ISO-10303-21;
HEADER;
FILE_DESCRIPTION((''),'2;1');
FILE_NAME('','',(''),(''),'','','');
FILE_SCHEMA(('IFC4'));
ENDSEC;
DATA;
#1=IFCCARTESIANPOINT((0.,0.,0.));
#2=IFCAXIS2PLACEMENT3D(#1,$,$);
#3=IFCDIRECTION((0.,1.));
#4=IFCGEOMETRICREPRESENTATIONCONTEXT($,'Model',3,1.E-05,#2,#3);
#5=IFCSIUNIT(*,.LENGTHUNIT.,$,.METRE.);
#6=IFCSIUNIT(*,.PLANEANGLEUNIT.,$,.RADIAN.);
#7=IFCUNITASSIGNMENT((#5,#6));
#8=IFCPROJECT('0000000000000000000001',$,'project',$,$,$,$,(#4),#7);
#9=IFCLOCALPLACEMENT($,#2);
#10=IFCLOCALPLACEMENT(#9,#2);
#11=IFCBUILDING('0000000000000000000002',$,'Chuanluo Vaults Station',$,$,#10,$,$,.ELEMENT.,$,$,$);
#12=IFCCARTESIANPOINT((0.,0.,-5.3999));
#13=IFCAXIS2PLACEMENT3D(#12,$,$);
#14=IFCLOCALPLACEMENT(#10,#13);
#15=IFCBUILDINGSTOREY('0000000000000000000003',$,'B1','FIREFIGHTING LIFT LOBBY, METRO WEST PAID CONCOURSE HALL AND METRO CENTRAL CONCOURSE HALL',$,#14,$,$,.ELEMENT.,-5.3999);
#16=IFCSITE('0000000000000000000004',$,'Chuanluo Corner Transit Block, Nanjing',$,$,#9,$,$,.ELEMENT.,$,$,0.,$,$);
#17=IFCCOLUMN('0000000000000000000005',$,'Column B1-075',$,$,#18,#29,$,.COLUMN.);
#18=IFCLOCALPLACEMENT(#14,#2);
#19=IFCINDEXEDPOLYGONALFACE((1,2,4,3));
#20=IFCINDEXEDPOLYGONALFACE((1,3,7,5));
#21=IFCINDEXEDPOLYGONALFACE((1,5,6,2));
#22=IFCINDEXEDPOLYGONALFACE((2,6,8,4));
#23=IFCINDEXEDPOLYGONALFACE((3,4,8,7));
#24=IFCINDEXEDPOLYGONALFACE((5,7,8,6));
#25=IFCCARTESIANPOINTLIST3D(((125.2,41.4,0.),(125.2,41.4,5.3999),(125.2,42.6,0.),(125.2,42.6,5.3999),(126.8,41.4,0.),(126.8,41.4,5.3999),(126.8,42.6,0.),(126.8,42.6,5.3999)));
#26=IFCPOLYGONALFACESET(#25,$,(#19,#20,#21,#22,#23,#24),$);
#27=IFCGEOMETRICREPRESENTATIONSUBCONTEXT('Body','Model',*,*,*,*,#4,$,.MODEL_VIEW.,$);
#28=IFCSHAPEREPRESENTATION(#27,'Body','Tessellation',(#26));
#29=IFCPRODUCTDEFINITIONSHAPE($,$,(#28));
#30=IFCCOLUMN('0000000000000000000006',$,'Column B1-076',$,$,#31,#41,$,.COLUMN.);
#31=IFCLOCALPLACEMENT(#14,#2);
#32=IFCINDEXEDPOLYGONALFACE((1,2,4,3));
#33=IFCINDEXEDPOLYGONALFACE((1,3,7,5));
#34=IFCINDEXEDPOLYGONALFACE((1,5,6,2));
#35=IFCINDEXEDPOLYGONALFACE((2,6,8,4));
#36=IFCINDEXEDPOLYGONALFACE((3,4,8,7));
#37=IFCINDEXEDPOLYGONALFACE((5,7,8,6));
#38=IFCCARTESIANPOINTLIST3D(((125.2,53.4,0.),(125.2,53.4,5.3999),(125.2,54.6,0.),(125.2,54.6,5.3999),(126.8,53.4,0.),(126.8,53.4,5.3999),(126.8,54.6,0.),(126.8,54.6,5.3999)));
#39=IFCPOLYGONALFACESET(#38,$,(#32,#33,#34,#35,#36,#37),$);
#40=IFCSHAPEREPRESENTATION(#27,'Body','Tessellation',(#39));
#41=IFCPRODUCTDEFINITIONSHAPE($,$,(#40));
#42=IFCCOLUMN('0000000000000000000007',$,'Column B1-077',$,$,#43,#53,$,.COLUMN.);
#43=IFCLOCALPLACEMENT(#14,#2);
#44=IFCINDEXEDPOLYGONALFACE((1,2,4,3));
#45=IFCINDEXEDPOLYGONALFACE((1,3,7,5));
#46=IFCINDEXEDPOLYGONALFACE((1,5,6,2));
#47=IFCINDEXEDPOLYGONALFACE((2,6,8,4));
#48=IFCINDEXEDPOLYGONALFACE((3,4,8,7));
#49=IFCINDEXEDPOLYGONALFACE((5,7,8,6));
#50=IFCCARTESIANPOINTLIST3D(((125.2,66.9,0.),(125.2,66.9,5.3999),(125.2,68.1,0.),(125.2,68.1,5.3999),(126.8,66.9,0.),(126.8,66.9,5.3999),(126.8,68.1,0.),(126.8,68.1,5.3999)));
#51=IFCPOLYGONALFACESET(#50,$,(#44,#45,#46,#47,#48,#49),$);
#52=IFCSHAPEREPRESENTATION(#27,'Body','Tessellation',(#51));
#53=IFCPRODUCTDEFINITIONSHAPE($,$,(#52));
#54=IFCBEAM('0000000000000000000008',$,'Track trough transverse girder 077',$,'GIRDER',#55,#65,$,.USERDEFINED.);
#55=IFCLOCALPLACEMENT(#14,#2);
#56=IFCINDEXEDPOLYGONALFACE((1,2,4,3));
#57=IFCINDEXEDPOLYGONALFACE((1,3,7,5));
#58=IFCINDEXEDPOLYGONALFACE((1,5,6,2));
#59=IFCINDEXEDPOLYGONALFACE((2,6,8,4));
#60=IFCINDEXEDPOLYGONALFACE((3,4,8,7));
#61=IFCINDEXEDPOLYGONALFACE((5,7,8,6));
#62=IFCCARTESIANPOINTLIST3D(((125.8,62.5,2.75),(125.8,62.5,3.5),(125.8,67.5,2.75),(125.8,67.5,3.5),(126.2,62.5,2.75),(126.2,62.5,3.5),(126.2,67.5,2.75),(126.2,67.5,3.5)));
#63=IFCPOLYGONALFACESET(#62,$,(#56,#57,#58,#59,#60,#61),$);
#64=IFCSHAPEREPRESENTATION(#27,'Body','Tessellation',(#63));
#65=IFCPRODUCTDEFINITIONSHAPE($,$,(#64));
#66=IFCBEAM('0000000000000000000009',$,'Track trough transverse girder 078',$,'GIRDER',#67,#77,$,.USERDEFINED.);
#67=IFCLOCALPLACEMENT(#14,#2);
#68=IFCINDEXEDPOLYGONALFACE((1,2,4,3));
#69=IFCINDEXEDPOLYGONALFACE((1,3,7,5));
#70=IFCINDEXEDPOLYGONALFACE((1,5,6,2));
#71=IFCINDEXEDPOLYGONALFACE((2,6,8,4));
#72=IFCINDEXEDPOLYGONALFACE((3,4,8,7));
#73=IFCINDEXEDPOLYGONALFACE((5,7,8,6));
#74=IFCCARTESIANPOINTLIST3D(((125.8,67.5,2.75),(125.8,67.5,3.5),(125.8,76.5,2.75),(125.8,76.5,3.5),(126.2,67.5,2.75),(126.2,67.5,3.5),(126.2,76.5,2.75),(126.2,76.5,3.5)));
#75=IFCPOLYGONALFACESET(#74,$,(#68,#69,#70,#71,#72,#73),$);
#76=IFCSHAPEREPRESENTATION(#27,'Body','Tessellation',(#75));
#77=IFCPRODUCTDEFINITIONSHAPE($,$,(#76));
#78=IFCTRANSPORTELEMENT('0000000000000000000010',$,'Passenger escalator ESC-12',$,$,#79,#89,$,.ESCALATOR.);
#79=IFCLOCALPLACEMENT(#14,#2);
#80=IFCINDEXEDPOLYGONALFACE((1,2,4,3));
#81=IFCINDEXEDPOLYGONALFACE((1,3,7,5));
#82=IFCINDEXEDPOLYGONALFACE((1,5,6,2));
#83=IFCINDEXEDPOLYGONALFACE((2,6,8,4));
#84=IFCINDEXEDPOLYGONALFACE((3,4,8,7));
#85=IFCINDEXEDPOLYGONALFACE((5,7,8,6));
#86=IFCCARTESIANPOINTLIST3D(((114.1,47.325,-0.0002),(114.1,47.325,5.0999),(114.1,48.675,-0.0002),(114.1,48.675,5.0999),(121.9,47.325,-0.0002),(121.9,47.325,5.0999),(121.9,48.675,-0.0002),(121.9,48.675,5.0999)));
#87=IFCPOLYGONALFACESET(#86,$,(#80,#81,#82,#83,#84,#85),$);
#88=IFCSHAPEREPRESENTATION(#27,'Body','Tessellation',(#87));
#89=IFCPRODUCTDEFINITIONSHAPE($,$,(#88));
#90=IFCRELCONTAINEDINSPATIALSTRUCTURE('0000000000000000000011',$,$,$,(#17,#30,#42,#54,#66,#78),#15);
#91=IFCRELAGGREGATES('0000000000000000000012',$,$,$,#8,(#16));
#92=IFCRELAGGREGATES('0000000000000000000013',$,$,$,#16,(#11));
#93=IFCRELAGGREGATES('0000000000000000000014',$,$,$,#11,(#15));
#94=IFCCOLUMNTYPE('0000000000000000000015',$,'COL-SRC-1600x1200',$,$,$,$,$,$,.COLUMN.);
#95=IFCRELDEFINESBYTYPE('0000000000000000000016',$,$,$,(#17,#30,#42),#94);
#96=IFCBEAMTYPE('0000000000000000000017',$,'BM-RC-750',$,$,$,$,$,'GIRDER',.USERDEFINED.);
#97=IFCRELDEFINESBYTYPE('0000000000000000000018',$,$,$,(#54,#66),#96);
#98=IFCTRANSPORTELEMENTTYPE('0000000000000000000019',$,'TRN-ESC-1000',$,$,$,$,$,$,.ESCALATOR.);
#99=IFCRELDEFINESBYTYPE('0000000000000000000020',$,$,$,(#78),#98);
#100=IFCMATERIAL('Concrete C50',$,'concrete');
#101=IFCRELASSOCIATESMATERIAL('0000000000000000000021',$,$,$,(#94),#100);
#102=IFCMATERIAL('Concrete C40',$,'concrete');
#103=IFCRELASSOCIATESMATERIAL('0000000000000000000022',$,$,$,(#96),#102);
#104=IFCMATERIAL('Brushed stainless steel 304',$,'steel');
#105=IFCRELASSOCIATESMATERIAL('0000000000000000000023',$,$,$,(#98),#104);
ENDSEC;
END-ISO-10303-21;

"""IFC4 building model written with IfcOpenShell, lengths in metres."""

from ifc_helpers import new_model, si_unit, direction, frame, origin, origin_2d, place, context, subcontext, project, spatial, rectangle, extrude, material, material_profile, profile_set, type_object, element, save


model = new_model("IFC4")

# Units and contexts
model_context = context("Model", 3, precision=1e-05, world=origin(), true_north=direction((0.0, 1.0)))
body_context = subcontext(model_context, "Body", "Model", "MODEL_VIEW")
ifc_project = project(units=[si_unit("LENGTHUNIT", "METRE"), si_unit("PLANEANGLEUNIT", "RADIAN")], contexts=[model_context])

# Site, building, storey
site_placement = place(None, origin())
site = spatial("IfcSite", under=ifc_project, at=site_placement, Name="Chuanluo Corner Transit Block, Nanjing", CompositionType="ELEMENT", RefElevation=0.0)
building_placement = place(site_placement, origin())
building = spatial("IfcBuilding", under=site, at=building_placement, Name="Chuanluo Vaults Station", CompositionType="ELEMENT")
storey_placement = place(building_placement, frame((0.0, 0.0, -5.3999)))
storey = spatial("IfcBuildingStorey", under=building, at=storey_placement, Name="B1", Description="FIREFIGHTING LIFT LOBBY, METRO WEST PAID CONCOURSE HALL AND METRO CENTRAL CONCOURSE HALL", CompositionType="ELEMENT", Elevation=-5.3999)

# Columns
ifc_material_1 = material(Name="Concrete C50", Category="concrete")
ifc_material_profile_1 = material_profile(ifc_material_1, rectangle(XDim=1.6001, YDim=1.2, at=origin_2d()))
ifc_profile_set_1 = profile_set([ifc_material_profile_1], Name="Concrete C50")
column_type_1 = type_object("IfcColumnType", Name="COL-SRC-1600x1200", PredefinedType="COLUMN", material=ifc_profile_set_1)
for number, where, z_axis, x_axis, name in (
    (1, (126.0, 42.0, 0.0), (0.0, 0.0, 1.0), (1.0, 0.0, 0.0), "Column B1-075"),
    (2, (126.0, 54.0, 0.0), (0.0, 0.0, 1.0), (1.0, 0.0, 0.0), "Column B1-076"),
    (3, (126.0, 67.5, 0.0), (0.0, 0.0, 1.0), (1.0, 0.0, 0.0), "Column B1-077"),
):
    element("IfcColumn", number, at=place(storey_placement, frame(where, z_axis=z_axis, x_axis=x_axis)), inside=storey, type_object=column_type_1, Name=name, PredefinedType="COLUMN", context=body_context, shape_type="SweptSolid", body=[
        extrude(rectangle(XDim=1.6001, YDim=1.2, at=origin_2d()), origin(), (0.0, 0.0, 1.0), 5.3999),
    ])

# Beams
ifc_material_2 = material(Name="Concrete C40", Category="concrete")
ifc_material_profile_2 = material_profile(ifc_material_2, rectangle(XDim=0.3999, YDim=0.75, at=origin_2d()))
ifc_profile_set_2 = profile_set([ifc_material_profile_2], Name="Concrete C40")
beam_type = type_object("IfcBeamType", Name="BM-RC-750", ElementType="GIRDER", PredefinedType="USERDEFINED", material=ifc_profile_set_2)
beam_1_placement = place(storey_placement, frame((126.0, 62.5, 3.125), z_axis=(0.0, 1.0, 0.0), x_axis=(-1.0, 0.0, 0.0)))
element("IfcBeam", 4, at=beam_1_placement, inside=storey, type_object=beam_type, Name="Track trough transverse girder 077", ObjectType="GIRDER", PredefinedType="USERDEFINED", context=body_context, shape_type="SweptSolid", body=[
    extrude(rectangle(XDim=0.3999, YDim=0.75, at=origin_2d()), origin(), (0.0, 0.0, 1.0), 5.0),
])
beam_2_placement = place(storey_placement, frame((126.0, 67.5, 3.125), z_axis=(0.0, 1.0, 0.0), x_axis=(-1.0, 0.0, 0.0)))
element("IfcBeam", 5, at=beam_2_placement, inside=storey, type_object=beam_type, Name="Track trough transverse girder 078", ObjectType="GIRDER", PredefinedType="USERDEFINED", context=body_context, shape_type="SweptSolid", body=[
    extrude(rectangle(XDim=0.3999, YDim=0.75, at=origin_2d()), origin(), (0.0, 0.0, 1.0), 9.0),
])

# Transport element
ifc_material_3 = material(Name="Brushed stainless steel 304", Category="steel")
transport_element_type = type_object("IfcTransportElementType", Name="TRN-ESC-1000", PredefinedType="ESCALATOR", material=ifc_material_3)
transport_element_placement = place(storey_placement, frame((118.0, 48.0, -0.0002), z_axis=(0.0, 0.0, 1.0), x_axis=(1.0, 0.0, 0.0)))
element("IfcTransportElement", 6, at=transport_element_placement, inside=storey, type_object=transport_element_type, Name="Passenger escalator ESC-12", PredefinedType="ESCALATOR", context=body_context, shape_type="SweptSolid", body=[
    extrude(rectangle(XDim=7.8, YDim=1.3501, at=origin_2d()), origin(), (0.0, 0.0, 1.0), 5.1001),
])

save(model, "model.ifc")
